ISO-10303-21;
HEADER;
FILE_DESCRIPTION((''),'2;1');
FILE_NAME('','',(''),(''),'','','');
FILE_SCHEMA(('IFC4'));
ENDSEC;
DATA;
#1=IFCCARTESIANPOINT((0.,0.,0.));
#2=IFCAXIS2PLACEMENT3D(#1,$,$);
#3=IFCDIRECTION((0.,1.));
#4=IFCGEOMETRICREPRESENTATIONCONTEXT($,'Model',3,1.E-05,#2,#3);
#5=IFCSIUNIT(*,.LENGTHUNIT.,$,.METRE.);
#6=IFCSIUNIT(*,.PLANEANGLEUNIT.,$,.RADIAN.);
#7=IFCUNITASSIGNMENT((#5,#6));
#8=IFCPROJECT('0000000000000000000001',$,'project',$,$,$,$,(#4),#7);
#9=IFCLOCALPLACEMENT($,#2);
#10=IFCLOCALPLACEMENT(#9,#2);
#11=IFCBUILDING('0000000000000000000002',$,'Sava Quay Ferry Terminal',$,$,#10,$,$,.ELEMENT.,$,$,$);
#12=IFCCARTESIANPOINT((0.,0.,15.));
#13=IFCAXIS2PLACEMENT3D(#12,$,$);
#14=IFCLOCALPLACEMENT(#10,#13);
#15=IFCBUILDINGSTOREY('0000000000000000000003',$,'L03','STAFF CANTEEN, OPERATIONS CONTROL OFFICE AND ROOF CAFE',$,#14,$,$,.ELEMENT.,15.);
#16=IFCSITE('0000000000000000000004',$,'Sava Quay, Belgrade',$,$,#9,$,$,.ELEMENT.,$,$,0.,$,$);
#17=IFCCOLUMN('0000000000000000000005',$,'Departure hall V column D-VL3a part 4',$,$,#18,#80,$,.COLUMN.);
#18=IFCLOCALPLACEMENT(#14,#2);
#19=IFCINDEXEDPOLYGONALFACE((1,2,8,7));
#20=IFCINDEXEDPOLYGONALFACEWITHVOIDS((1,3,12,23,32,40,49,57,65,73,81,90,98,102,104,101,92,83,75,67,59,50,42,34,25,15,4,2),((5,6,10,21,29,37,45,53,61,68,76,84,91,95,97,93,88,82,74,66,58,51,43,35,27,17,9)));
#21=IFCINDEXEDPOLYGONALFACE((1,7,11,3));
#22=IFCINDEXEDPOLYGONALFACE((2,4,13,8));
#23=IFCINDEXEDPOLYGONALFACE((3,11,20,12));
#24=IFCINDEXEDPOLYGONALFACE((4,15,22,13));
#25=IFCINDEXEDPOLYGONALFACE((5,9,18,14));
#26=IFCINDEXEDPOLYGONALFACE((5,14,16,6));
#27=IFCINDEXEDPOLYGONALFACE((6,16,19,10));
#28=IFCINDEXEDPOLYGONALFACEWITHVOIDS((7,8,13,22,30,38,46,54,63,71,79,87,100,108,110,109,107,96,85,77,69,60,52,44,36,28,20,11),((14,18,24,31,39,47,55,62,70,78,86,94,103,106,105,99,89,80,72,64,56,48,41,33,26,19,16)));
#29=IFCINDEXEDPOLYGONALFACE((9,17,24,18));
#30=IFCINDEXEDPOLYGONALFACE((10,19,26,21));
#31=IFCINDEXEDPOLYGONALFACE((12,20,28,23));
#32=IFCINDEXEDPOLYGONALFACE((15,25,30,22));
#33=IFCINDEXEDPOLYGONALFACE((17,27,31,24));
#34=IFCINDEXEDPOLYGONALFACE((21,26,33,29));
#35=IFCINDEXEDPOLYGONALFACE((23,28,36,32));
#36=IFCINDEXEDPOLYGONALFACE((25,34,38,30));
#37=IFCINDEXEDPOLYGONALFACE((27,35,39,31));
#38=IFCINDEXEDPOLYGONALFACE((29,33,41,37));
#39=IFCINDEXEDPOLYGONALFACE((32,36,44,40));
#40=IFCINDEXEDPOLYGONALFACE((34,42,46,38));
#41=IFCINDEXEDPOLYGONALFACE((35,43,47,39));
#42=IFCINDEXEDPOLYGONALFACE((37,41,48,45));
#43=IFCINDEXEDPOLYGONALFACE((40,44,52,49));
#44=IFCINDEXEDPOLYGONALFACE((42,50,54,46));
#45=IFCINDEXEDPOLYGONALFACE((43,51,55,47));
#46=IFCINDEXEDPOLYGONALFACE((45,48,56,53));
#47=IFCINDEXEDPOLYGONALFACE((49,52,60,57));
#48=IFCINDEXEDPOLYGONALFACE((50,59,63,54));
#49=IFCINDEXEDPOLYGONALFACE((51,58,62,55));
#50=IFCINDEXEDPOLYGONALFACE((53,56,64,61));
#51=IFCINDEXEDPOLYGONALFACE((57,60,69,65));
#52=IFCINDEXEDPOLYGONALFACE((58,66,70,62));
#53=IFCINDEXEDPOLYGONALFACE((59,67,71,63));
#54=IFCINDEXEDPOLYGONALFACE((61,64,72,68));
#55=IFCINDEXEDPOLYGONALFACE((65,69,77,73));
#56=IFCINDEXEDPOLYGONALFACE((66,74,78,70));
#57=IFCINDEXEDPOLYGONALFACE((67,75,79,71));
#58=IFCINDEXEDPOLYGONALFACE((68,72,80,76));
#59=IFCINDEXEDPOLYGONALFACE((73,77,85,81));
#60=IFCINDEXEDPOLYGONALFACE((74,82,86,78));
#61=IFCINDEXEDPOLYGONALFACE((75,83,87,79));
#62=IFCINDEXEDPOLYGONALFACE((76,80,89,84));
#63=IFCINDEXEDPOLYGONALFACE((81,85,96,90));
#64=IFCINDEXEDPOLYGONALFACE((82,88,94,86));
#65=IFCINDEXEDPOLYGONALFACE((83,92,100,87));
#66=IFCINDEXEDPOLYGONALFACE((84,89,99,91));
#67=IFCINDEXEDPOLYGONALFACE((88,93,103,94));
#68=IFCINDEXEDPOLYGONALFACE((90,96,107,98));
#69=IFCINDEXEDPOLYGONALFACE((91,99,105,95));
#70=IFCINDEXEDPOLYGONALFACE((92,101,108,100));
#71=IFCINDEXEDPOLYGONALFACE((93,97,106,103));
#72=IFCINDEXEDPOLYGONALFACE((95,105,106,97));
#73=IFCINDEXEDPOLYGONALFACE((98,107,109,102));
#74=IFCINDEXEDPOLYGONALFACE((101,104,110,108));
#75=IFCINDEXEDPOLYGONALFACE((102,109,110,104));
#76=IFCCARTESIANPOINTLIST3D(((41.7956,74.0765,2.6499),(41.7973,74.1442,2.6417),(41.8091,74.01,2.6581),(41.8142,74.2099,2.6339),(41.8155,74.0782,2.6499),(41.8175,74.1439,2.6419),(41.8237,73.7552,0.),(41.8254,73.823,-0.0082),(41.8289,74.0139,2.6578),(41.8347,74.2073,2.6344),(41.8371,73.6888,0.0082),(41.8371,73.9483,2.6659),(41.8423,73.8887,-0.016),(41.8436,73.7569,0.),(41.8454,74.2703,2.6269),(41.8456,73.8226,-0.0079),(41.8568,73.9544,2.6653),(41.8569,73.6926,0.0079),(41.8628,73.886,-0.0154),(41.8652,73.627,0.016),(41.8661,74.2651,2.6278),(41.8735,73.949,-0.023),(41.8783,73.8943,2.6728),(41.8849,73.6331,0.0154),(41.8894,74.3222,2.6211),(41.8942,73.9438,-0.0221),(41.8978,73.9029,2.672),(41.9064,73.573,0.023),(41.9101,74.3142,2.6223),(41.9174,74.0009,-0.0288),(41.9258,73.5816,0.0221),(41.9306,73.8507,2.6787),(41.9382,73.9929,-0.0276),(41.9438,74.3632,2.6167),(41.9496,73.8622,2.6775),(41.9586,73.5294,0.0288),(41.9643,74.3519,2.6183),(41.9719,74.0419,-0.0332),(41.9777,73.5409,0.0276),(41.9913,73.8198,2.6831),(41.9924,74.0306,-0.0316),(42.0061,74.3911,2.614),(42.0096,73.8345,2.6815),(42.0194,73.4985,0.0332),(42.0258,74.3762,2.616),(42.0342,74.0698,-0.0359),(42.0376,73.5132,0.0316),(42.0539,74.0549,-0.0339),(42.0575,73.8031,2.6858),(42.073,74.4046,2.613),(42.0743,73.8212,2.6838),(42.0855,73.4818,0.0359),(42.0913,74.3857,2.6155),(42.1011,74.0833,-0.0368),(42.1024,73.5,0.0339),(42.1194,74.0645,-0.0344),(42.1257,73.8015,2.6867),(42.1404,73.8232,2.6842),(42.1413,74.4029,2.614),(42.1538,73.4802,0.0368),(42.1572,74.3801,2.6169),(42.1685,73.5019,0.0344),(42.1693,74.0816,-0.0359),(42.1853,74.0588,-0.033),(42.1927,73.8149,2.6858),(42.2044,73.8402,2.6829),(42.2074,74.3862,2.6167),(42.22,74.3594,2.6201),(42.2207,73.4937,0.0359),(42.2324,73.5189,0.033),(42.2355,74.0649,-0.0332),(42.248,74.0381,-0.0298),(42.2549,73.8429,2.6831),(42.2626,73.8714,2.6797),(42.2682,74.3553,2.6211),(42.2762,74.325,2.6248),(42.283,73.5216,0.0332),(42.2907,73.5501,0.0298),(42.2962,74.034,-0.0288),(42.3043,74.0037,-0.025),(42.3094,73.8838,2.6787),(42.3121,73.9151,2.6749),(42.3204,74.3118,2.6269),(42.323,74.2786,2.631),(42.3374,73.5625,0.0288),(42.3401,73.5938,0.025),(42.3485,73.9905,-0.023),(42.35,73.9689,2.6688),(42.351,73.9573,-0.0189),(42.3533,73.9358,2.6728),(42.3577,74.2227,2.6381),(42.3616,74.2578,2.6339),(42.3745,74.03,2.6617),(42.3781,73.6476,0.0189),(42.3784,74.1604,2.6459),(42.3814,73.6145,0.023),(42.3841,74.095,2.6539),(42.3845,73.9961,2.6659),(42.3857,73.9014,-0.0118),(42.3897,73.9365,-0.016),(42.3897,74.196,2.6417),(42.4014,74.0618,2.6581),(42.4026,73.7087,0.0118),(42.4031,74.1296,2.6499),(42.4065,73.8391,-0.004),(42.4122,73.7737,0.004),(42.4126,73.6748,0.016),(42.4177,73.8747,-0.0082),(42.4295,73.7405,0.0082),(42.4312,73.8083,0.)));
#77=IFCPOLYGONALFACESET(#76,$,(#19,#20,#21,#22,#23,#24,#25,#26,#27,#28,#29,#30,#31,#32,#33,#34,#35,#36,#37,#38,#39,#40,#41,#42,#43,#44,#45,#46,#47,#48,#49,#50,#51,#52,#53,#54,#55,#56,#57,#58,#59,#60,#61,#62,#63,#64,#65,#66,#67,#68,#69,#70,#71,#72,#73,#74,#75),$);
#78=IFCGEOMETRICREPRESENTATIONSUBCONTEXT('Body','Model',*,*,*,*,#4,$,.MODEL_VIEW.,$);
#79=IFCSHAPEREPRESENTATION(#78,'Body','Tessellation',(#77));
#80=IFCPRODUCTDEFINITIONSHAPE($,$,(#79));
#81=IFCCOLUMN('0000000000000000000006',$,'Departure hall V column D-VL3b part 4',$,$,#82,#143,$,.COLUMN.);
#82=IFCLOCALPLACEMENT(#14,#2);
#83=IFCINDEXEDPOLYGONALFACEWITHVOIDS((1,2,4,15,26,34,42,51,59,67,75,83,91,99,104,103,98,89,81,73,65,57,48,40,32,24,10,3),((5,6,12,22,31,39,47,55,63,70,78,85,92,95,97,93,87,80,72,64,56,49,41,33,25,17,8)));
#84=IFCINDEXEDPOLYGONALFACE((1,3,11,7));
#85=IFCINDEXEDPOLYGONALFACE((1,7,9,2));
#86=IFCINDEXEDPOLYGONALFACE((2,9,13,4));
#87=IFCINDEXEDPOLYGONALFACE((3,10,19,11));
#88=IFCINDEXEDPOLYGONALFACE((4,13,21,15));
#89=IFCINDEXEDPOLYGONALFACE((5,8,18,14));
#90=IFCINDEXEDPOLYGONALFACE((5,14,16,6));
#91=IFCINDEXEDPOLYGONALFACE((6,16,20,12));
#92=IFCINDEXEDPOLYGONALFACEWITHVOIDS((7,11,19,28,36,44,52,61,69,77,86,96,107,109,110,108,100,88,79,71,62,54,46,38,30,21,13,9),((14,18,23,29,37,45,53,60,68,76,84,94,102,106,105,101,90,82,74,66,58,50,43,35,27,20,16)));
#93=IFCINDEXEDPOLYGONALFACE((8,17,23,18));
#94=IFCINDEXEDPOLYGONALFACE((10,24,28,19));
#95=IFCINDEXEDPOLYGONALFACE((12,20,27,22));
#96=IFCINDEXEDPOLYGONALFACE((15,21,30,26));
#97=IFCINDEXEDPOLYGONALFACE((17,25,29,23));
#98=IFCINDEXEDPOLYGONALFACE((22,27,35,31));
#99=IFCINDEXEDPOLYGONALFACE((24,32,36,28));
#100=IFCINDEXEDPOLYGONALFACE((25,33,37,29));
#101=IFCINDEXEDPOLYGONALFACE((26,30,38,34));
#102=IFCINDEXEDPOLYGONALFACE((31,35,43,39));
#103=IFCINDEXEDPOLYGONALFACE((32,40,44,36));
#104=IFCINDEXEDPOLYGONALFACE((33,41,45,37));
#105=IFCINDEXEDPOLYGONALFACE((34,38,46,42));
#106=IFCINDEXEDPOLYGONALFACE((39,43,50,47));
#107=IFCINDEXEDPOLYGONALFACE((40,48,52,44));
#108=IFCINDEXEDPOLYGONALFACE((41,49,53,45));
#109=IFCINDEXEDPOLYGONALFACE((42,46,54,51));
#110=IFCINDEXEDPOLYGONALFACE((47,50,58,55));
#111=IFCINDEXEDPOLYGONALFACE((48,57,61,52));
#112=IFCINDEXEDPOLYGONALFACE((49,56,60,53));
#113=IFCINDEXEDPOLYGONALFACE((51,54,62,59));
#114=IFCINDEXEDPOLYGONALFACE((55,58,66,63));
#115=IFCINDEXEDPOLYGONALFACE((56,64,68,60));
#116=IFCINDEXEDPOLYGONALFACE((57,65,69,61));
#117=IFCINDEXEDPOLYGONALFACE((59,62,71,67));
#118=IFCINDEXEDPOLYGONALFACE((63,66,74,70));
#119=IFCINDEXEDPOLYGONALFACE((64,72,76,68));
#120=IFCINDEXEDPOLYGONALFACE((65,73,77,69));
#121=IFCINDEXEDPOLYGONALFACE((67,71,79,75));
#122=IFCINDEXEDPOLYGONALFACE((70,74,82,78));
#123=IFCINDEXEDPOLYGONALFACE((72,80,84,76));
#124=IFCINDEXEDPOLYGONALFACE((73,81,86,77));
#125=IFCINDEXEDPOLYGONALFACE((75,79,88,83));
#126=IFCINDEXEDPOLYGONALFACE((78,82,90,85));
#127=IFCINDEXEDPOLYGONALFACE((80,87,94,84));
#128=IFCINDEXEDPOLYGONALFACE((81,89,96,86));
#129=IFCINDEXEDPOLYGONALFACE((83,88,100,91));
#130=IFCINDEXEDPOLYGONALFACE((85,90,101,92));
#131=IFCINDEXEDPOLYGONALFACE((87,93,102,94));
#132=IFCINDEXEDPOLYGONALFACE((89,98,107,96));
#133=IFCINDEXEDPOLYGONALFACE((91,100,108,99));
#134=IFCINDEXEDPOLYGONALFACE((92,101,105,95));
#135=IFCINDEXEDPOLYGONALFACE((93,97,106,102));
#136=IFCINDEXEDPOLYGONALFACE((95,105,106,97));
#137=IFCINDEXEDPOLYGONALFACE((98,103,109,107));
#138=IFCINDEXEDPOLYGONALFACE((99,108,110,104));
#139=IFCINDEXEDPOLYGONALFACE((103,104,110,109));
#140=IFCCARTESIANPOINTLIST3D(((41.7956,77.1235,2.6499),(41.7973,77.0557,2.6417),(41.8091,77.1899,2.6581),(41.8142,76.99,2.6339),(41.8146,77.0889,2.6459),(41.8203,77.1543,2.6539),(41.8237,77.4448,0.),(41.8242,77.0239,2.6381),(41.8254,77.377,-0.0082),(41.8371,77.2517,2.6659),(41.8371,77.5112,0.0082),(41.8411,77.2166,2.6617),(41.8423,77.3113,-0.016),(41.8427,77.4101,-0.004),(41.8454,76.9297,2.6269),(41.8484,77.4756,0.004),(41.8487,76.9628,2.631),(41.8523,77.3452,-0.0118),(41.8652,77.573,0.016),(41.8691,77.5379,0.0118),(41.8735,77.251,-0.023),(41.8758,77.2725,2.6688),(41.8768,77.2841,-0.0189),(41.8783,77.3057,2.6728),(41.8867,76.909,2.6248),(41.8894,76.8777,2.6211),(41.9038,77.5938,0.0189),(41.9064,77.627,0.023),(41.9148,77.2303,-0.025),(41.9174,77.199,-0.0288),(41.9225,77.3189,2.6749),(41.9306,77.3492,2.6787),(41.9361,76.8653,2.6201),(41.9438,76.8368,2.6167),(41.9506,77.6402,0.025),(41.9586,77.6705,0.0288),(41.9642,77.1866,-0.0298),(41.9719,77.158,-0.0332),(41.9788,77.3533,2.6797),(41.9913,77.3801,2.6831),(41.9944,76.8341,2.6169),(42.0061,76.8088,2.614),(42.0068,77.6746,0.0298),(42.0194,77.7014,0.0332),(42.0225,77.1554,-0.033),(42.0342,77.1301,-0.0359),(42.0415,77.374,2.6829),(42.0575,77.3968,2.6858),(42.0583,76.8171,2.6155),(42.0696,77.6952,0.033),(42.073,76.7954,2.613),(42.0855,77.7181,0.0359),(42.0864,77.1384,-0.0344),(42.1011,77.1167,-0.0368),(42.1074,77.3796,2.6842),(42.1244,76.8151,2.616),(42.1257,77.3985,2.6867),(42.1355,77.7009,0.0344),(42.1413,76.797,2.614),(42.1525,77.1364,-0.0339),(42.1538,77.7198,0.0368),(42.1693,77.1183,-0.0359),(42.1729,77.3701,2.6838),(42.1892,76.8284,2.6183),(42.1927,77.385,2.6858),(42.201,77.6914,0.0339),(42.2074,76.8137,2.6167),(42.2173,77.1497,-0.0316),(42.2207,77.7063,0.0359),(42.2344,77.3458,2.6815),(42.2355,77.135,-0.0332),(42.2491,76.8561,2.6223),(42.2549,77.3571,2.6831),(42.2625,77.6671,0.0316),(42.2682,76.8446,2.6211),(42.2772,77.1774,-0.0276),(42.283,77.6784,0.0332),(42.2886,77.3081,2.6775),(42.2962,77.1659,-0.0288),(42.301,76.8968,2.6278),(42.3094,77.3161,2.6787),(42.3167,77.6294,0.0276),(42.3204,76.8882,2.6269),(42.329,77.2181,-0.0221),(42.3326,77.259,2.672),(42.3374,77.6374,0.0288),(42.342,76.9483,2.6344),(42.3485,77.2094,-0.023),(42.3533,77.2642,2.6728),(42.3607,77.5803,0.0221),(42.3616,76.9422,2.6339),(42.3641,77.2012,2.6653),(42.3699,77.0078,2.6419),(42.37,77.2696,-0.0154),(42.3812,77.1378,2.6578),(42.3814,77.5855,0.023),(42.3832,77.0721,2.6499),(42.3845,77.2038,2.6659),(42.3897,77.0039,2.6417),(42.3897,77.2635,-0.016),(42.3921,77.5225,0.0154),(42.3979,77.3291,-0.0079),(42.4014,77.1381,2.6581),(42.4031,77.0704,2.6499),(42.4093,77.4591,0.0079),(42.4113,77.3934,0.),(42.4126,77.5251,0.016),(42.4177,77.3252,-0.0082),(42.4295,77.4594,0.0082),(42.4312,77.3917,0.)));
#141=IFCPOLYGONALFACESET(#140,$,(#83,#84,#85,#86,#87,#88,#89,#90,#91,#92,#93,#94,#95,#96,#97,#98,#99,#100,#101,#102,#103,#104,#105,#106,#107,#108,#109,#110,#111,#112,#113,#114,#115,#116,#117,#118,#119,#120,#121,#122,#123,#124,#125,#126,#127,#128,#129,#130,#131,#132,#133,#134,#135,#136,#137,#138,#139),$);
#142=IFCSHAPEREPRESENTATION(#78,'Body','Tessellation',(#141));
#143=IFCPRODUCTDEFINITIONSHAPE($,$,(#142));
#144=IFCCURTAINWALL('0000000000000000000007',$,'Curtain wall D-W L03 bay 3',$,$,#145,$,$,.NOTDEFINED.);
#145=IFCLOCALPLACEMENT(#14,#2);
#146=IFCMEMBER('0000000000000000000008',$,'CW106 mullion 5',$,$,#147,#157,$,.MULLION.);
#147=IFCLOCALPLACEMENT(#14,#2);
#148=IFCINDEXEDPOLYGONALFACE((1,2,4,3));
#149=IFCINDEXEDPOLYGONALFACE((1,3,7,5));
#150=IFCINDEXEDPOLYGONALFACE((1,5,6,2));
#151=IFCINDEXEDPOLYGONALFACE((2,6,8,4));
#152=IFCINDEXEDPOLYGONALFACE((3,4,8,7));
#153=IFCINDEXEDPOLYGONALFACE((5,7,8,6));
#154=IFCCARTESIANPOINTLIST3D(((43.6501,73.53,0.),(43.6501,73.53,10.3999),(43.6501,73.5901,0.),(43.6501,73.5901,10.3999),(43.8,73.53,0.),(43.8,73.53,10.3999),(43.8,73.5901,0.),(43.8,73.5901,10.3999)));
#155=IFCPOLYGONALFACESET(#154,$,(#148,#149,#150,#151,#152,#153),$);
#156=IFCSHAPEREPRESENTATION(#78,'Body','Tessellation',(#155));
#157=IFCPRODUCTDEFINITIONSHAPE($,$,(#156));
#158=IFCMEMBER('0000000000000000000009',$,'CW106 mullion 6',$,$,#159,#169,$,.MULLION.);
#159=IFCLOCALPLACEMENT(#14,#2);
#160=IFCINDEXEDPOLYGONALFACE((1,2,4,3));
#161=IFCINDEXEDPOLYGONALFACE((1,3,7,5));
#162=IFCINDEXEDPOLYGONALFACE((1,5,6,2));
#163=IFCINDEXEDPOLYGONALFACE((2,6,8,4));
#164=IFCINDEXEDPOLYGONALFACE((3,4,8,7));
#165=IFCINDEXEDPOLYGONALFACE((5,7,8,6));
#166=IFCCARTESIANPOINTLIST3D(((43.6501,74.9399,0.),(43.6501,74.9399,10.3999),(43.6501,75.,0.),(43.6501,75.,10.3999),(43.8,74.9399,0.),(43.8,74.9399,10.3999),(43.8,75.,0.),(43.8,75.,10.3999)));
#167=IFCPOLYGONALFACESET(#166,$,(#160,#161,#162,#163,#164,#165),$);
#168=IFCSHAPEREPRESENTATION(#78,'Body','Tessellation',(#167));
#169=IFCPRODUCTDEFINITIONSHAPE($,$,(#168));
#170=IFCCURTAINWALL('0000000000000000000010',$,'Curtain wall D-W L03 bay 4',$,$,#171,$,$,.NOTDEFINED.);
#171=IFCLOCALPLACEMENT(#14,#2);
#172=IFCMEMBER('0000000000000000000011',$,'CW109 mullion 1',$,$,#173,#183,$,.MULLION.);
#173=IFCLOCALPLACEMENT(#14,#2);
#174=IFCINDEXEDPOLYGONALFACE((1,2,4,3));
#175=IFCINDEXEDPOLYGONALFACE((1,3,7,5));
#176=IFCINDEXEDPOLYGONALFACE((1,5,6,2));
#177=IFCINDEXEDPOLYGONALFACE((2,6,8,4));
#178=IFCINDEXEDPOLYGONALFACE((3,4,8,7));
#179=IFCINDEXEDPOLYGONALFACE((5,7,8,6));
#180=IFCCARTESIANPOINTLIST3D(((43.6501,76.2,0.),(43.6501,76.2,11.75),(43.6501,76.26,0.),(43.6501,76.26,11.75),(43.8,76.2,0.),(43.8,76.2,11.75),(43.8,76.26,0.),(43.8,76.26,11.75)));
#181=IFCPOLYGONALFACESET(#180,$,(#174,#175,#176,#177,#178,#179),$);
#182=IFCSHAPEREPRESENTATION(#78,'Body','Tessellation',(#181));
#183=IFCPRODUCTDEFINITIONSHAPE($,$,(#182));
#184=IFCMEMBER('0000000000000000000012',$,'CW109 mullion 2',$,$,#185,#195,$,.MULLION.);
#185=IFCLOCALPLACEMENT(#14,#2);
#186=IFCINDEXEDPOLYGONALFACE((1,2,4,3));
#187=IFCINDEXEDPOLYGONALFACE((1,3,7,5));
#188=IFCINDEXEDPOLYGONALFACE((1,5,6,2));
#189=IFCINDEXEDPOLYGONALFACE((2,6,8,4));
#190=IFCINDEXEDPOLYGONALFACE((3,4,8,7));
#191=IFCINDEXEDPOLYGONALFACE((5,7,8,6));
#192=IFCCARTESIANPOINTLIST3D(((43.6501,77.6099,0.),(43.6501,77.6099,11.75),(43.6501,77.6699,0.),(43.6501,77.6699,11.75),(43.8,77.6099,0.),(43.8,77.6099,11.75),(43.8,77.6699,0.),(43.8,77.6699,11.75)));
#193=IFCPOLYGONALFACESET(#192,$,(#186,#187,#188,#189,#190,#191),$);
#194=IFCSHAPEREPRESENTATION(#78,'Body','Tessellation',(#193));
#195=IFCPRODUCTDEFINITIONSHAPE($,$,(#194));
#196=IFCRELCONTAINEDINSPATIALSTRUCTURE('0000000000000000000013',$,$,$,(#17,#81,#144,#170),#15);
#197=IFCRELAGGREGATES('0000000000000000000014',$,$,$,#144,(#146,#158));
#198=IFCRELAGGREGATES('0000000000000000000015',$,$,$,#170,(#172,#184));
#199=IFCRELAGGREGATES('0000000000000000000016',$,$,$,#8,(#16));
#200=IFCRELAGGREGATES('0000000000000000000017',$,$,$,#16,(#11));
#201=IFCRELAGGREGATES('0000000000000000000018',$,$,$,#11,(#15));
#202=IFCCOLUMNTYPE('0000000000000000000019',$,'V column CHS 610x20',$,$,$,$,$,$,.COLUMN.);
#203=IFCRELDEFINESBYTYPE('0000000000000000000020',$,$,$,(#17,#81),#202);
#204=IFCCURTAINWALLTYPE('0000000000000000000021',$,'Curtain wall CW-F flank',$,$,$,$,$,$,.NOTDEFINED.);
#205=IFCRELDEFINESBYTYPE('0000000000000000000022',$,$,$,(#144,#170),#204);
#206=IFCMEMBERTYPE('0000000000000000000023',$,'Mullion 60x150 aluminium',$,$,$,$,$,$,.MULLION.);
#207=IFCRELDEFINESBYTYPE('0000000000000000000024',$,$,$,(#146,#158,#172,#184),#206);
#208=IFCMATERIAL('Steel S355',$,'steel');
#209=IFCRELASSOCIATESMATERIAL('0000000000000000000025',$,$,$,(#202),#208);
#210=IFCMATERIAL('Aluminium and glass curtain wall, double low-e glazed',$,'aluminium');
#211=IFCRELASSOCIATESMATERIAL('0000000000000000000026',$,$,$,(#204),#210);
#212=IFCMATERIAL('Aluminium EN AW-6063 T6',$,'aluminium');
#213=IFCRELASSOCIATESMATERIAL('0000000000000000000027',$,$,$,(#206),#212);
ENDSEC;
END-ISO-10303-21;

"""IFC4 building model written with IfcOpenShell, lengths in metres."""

from ifc_helpers import new_model, si_unit, direction, frame, origin, origin_2d, place, context, subcontext, project, spatial, rectangle, hollow_circle, extrude, material, material_profile, profile_set, type_object, element, aggregate, save


model = new_model("IFC4")

# Units and contexts
model_context = context("Model", 3, precision=1e-05, world=origin(), true_north=direction((0.0, 1.0)))
body_context = subcontext(model_context, "Body", "Model", "MODEL_VIEW")
ifc_project = project(units=[si_unit("LENGTHUNIT", "METRE"), si_unit("PLANEANGLEUNIT", "RADIAN")], contexts=[model_context])

# Site, building, storey
site_placement = place(None, origin())
site = spatial("IfcSite", under=ifc_project, at=site_placement, Name="Sava Quay, Belgrade", CompositionType="ELEMENT", RefElevation=0.0)
building_placement = place(site_placement, origin())
building = spatial("IfcBuilding", under=site, at=building_placement, Name="Sava Quay Ferry Terminal", CompositionType="ELEMENT")
storey_placement = place(building_placement, frame((0.0, 0.0, 15.0)))
storey = spatial("IfcBuildingStorey", under=building, at=storey_placement, Name="L03", Description="STAFF CANTEEN, OPERATIONS CONTROL OFFICE AND ROOF CAFE", CompositionType="ELEMENT", Elevation=15.0)

# Columns
ifc_material_1 = material(Name="Steel S355", Category="steel")
ifc_material_profile_1 = material_profile(ifc_material_1, hollow_circle(Radius=0.3049, WallThickness=0.02, at=origin_2d()), Name="CHS 610 x 20.0")
ifc_profile_set_1 = profile_set([ifc_material_profile_1], Name="Steel S355")
column_type = type_object("IfcColumnType", Name="V column CHS 610x20", PredefinedType="COLUMN", material=ifc_profile_set_1)
for number, where, z_axis, x_axis, name in (
    (1, (42.1274, 73.7817, 0.0), (-0.010518, 0.120357, 0.992675), (-0.996204, -0.087054, 0.0), "Departure hall V column D-VL3a part 4"),
    (2, (42.1274, 77.4182, 0.0), (-0.010518, -0.120357, 0.992675), (0.996204, -0.087054, 0.0), "Departure hall V column D-VL3b part 4"),
):
    element("IfcColumn", number, at=place(storey_placement, frame(where, z_axis=z_axis, x_axis=x_axis)), inside=storey, type_object=column_type, Name=name, PredefinedType="COLUMN", context=body_context, shape_type="SweptSolid", body=[
        extrude(hollow_circle(Radius=0.3049, WallThickness=0.02, at=origin_2d()), origin(), (0.0, 0.0, 1.0), 2.6694),
    ])

# Curtain walls, members
ifc_material_2 = material(Name="Aluminium and glass curtain wall, double low-e glazed", Category="aluminium")
curtain_wall_type = type_object("IfcCurtainWallType", Name="Curtain wall CW-F flank", PredefinedType="NOTDEFINED", material=ifc_material_2)
curtain_wall_1_placement = place(storey_placement, origin())
curtain_wall_1 = element("IfcCurtainWall", 3, at=curtain_wall_1_placement, inside=storey, type_object=curtain_wall_type, Name="Curtain wall D-W L03 bay 3", PredefinedType="NOTDEFINED")
ifc_material_3 = material(Name="Aluminium EN AW-6063 T6", Category="aluminium")
ifc_material_profile_2 = material_profile(ifc_material_3, rectangle(XDim=0.1499, YDim=0.0601, at=origin_2d()), Name="Mullion 60x150 aluminium")
ifc_profile_set_2 = profile_set([ifc_material_profile_2], Name="Aluminium EN AW-6063 T6")
member_type_1 = type_object("IfcMemberType", Name="Mullion 60x150 aluminium", PredefinedType="MULLION", material=ifc_profile_set_2)
member_1_placement = place(storey_placement, frame((43.7251, 73.5601, 0.0), z_axis=(0.0, 0.0, 1.0), x_axis=(-1.0, 0.0, 0.0)))
member_1 = element("IfcMember", 4, at=member_1_placement, type_object=member_type_1, Name="CW106 mullion 5", PredefinedType="MULLION", context=body_context, shape_type="SweptSolid", body=[
    extrude(rectangle(XDim=0.1499, YDim=0.0601, at=origin_2d()), origin(), (0.0, 0.0, 1.0), 10.3999),
])
member_2_placement = place(storey_placement, frame((43.7251, 74.97, 0.0), z_axis=(0.0, 0.0, 1.0), x_axis=(-1.0, 0.0, 0.0)))
member_2 = element("IfcMember", 5, at=member_2_placement, type_object=member_type_1, Name="CW106 mullion 6", PredefinedType="MULLION", context=body_context, shape_type="SweptSolid", body=[
    extrude(rectangle(XDim=0.1499, YDim=0.0601, at=origin_2d()), origin(), (0.0, 0.0, 1.0), 10.3999),
])
curtain_wall_2_placement = place(storey_placement, origin())
curtain_wall_2 = element("IfcCurtainWall", 6, at=curtain_wall_2_placement, inside=storey, type_object=curtain_wall_type, Name="Curtain wall D-W L03 bay 4", PredefinedType="NOTDEFINED")
member_3_placement = place(storey_placement, frame((43.7251, 76.23, 0.0), z_axis=(0.0, 0.0, 1.0), x_axis=(-1.0, 0.0, 0.0)))
member_3 = element("IfcMember", 7, at=member_3_placement, type_object=member_type_1, Name="CW109 mullion 1", PredefinedType="MULLION", context=body_context, shape_type="SweptSolid", body=[
    extrude(rectangle(XDim=0.1499, YDim=0.0601, at=origin_2d()), origin(), (0.0, 0.0, 1.0), 11.75),
])
member_4_placement = place(storey_placement, frame((43.7251, 77.6399, 0.0), z_axis=(0.0, 0.0, 1.0), x_axis=(-1.0, 0.0, 0.0)))
member_4 = element("IfcMember", 8, at=member_4_placement, type_object=member_type_1, Name="CW109 mullion 2", PredefinedType="MULLION", context=body_context, shape_type="SweptSolid", body=[
    extrude(rectangle(XDim=0.1499, YDim=0.0601, at=origin_2d()), origin(), (0.0, 0.0, 1.0), 11.75),
])

aggregate(curtain_wall_1, [member_1, member_2])
aggregate(curtain_wall_2, [member_3, member_4])

save(model, "model.ifc")
